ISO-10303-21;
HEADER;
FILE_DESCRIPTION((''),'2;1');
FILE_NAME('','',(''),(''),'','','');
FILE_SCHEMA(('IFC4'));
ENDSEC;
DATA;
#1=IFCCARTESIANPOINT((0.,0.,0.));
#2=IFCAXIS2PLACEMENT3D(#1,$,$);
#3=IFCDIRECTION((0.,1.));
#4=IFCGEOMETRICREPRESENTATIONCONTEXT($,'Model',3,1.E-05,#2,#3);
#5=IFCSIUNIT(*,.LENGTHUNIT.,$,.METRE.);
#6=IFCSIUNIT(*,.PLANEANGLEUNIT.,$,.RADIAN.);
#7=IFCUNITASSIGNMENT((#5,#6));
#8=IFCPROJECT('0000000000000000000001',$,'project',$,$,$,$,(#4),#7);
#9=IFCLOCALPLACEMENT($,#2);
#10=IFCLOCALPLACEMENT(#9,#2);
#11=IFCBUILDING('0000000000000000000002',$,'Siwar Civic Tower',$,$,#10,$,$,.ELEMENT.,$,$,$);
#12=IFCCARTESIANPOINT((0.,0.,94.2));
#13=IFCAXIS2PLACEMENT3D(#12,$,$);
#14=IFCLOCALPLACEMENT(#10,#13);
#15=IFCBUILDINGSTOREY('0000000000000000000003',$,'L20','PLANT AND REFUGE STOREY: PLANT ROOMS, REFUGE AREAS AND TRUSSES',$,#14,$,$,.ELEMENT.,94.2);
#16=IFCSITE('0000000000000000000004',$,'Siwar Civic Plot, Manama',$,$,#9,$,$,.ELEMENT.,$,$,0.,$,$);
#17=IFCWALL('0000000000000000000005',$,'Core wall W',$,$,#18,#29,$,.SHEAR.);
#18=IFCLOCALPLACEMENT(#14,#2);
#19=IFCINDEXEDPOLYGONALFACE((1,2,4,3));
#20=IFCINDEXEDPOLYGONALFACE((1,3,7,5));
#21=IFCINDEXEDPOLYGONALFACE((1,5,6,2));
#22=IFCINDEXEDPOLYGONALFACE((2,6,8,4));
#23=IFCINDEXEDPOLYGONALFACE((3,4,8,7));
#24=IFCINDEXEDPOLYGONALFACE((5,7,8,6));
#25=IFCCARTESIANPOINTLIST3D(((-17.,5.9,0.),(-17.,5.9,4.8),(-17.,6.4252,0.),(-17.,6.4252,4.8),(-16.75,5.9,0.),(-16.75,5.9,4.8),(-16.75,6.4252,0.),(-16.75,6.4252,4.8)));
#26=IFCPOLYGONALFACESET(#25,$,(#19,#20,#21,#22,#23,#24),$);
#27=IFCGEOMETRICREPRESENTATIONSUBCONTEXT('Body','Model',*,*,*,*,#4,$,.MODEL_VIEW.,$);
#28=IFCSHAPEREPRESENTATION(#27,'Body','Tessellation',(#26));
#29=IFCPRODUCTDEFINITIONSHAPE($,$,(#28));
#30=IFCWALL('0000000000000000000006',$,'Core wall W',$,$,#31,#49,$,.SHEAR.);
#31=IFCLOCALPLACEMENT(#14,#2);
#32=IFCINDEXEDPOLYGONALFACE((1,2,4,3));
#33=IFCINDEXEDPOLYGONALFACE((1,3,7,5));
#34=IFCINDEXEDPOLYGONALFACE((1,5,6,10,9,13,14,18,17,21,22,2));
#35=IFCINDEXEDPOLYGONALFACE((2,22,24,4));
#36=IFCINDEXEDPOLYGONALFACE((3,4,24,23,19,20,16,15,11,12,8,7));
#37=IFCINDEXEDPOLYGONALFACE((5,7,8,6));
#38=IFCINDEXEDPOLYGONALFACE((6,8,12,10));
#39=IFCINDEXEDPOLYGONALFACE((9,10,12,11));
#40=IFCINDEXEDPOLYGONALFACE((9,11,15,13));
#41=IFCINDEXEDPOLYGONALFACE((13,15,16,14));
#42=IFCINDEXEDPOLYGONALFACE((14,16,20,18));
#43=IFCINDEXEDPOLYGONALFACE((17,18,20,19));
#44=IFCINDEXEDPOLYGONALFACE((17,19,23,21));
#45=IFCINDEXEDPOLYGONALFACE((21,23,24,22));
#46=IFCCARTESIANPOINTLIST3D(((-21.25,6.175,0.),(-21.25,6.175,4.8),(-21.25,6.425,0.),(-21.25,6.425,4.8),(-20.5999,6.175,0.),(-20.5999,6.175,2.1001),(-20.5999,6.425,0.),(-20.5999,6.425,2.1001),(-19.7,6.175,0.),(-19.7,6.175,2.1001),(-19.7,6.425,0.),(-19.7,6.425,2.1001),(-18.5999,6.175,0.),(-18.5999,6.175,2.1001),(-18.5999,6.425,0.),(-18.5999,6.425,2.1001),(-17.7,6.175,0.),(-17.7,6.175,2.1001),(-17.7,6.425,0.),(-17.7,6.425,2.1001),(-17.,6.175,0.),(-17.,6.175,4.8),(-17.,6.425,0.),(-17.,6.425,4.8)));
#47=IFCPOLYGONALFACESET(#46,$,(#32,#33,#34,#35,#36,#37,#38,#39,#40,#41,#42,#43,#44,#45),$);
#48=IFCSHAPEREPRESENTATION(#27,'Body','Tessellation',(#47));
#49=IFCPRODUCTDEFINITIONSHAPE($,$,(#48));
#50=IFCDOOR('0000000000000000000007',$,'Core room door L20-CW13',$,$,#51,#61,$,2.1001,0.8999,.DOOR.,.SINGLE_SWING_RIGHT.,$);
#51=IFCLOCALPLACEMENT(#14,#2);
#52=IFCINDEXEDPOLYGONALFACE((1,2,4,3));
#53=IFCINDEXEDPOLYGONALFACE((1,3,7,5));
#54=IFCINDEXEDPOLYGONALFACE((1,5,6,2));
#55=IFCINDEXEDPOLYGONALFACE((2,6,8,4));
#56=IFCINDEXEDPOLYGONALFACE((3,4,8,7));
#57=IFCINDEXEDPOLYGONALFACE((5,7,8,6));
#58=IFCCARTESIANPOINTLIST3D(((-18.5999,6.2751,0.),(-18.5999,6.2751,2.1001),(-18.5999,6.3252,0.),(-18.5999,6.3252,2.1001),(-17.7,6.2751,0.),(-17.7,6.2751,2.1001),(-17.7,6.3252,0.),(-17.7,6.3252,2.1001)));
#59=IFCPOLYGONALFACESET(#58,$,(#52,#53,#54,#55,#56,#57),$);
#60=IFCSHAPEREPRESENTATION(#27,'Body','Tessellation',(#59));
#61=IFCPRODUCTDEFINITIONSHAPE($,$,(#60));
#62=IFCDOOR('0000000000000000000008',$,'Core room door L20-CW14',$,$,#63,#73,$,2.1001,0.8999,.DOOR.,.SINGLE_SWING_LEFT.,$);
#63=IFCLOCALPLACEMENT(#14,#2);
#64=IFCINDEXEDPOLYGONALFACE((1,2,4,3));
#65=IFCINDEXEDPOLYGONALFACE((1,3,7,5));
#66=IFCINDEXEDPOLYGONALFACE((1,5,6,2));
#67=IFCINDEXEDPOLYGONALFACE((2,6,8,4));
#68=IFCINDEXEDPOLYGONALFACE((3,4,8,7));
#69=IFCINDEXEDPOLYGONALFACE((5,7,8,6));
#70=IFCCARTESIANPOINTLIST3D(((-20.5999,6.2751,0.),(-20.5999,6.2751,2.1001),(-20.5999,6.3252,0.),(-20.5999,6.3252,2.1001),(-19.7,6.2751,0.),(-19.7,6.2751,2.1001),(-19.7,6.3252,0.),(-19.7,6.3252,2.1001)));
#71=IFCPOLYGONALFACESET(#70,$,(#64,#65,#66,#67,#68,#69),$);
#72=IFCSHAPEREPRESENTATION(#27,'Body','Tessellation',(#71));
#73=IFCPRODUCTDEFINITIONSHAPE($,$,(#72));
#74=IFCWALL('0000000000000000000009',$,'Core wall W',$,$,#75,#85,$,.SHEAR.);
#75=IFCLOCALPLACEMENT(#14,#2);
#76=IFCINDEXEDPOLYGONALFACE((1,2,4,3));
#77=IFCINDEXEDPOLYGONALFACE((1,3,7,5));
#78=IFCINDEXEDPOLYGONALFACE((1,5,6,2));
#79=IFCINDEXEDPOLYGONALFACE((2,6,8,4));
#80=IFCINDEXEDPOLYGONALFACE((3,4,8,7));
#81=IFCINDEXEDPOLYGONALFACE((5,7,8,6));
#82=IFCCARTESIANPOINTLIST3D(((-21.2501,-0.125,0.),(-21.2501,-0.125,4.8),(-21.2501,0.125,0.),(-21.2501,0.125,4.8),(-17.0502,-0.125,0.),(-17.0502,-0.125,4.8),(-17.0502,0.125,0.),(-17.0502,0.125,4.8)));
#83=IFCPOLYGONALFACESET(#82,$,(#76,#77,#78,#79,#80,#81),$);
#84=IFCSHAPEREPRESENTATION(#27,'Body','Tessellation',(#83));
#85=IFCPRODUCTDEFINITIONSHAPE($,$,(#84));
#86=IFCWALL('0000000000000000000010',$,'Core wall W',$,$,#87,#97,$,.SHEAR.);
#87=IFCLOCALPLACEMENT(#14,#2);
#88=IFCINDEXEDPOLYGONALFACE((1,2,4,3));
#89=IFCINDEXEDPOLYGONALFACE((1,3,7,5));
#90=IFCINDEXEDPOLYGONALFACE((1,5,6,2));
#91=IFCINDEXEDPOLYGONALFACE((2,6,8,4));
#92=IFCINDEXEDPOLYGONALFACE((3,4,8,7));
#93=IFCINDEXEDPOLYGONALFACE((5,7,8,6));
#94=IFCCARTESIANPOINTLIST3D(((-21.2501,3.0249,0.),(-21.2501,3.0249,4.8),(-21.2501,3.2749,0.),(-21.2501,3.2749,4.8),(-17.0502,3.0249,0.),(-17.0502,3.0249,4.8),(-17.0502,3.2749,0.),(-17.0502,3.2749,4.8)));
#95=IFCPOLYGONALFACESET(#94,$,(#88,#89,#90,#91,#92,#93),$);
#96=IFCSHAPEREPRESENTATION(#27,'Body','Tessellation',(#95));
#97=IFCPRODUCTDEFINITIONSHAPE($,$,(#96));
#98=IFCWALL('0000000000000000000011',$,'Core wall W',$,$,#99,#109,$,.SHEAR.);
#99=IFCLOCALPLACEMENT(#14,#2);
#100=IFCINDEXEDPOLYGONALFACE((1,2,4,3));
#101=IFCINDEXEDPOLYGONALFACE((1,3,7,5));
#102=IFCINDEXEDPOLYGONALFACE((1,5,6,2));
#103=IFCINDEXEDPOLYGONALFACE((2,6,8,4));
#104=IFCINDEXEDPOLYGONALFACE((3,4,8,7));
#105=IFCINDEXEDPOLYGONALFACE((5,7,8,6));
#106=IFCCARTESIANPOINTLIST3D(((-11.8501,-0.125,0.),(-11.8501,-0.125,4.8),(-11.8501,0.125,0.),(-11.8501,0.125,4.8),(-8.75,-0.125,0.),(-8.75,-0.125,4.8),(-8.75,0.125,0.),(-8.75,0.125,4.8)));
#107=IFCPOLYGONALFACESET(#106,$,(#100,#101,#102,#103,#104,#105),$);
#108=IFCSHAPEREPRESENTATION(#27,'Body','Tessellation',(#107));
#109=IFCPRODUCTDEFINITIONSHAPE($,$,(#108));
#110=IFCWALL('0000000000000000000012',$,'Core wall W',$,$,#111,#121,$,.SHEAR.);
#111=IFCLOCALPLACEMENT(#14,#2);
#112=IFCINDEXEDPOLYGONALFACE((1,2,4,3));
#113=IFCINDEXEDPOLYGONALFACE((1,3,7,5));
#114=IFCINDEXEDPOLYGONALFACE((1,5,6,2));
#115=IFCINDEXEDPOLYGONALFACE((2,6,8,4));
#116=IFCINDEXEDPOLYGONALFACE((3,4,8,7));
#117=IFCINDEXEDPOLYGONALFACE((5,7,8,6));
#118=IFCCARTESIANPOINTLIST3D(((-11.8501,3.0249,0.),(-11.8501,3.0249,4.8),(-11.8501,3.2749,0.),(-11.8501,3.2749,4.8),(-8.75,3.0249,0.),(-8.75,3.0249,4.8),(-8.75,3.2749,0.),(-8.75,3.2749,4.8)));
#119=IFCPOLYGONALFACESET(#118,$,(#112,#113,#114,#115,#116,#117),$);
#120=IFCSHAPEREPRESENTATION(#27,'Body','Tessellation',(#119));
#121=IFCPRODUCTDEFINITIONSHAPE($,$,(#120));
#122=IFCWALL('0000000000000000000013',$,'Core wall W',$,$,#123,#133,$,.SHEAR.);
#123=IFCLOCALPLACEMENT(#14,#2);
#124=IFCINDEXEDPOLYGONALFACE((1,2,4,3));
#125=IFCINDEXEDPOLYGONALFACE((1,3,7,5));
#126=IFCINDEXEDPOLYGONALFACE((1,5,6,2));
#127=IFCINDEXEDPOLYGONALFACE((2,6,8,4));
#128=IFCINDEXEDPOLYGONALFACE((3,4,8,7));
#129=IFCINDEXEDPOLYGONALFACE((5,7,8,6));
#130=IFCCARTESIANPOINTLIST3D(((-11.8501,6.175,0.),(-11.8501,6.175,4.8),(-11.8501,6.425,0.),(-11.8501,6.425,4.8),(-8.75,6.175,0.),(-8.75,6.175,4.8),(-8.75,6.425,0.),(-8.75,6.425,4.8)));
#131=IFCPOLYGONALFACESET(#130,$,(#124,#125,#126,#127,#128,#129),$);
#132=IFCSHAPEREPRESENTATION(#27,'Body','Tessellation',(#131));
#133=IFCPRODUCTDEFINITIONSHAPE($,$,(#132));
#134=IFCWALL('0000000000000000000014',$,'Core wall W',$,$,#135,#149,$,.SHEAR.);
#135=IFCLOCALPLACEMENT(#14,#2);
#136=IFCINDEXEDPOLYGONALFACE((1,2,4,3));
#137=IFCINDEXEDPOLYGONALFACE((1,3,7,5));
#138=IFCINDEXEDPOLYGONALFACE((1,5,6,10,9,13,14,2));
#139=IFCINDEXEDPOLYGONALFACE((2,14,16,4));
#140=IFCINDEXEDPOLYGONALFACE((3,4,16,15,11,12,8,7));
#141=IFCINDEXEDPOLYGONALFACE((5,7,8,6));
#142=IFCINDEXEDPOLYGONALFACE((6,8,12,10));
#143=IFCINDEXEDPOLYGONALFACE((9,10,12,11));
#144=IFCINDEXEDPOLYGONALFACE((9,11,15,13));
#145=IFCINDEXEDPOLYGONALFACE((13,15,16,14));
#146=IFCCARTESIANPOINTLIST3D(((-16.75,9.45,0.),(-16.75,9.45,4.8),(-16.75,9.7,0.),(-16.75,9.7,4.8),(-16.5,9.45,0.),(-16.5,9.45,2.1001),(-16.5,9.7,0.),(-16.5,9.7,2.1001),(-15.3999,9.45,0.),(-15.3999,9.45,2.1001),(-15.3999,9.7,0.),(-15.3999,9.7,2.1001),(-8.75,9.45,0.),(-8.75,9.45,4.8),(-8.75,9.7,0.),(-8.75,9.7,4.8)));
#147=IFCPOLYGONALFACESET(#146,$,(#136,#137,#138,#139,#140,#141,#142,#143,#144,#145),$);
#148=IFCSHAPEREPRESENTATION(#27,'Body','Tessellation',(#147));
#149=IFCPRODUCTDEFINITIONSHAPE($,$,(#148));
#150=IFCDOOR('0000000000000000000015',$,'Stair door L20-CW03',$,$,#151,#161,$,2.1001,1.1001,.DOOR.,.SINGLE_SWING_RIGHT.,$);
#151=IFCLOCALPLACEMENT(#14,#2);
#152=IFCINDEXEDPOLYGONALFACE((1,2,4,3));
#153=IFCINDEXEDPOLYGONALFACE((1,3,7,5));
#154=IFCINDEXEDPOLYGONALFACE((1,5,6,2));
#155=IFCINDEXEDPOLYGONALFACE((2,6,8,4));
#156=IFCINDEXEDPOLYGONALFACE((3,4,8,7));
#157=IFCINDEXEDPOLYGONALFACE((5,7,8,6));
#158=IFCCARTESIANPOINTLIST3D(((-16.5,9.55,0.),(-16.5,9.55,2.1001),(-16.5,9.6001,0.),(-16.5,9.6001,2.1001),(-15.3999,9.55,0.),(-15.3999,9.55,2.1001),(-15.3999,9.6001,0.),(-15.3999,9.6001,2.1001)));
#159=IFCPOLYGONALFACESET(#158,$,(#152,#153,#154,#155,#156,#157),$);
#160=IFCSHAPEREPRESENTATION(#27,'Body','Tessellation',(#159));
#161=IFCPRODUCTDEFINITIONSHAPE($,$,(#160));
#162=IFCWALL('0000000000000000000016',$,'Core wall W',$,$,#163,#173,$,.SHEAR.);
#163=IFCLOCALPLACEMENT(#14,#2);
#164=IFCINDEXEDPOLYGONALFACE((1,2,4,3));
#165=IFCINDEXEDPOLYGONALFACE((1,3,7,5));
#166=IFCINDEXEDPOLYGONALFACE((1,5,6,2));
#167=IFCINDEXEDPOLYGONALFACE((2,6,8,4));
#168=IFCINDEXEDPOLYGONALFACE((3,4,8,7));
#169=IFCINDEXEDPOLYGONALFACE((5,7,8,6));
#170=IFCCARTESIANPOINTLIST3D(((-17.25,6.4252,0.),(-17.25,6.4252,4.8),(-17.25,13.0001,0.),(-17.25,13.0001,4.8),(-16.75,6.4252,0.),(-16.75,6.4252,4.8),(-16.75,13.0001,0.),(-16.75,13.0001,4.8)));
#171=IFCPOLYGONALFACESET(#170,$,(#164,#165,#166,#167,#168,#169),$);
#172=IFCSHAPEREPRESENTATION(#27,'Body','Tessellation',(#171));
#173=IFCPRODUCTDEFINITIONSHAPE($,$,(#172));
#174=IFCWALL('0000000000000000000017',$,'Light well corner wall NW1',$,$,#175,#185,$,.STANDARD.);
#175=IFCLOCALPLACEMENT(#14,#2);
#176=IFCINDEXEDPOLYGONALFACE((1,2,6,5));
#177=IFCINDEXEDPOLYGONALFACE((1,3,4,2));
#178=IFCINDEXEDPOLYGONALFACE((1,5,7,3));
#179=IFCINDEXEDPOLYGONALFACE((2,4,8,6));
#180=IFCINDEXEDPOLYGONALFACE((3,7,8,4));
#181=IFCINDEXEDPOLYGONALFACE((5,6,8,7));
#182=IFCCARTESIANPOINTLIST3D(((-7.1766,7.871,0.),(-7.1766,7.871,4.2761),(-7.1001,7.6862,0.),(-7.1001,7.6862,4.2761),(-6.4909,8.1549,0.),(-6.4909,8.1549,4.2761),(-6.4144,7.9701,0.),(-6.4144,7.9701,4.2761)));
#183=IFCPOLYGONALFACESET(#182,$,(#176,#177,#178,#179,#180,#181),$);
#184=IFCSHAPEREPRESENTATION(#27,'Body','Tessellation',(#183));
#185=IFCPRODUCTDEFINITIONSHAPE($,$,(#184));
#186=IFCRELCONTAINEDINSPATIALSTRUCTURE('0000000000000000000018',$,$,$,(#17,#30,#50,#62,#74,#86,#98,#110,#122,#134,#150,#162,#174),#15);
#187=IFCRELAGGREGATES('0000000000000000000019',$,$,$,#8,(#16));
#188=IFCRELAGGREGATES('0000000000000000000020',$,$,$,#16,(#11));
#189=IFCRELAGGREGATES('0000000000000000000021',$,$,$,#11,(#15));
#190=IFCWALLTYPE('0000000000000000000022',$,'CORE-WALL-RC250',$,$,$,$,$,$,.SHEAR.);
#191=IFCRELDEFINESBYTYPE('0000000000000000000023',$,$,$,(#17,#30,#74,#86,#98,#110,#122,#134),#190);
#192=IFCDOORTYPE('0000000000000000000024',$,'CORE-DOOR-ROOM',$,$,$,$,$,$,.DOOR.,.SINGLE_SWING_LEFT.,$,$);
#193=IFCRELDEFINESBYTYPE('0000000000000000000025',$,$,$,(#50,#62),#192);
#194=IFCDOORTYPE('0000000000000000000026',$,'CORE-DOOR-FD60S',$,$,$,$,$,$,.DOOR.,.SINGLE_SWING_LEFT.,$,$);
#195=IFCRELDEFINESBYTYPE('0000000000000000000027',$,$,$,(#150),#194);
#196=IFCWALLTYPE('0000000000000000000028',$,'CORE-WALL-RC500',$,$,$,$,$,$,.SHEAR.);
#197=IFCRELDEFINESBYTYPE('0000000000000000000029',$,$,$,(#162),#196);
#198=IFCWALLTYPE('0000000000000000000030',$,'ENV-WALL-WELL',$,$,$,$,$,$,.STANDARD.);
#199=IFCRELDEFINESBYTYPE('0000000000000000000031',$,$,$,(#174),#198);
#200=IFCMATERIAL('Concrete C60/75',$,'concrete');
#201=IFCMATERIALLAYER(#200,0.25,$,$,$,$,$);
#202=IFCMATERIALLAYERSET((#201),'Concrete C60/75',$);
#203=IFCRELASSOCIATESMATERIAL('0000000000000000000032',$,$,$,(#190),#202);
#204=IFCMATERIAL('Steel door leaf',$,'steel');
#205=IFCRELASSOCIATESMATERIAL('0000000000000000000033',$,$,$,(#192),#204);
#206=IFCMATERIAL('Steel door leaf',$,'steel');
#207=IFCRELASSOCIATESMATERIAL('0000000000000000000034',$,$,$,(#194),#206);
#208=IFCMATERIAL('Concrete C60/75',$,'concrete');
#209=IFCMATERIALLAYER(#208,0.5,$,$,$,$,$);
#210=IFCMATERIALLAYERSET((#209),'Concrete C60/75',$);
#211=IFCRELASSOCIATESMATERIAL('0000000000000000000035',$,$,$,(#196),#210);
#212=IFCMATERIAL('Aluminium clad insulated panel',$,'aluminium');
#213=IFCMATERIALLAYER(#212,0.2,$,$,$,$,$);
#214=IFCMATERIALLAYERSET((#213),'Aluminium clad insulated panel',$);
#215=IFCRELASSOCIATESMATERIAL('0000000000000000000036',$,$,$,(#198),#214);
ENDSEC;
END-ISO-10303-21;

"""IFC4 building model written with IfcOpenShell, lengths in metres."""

from ifc_helpers import new_model, si_unit, direction, frame, frame_2d, origin, place, context, subcontext, project, spatial, rectangle, extrude, material, layer, layer_set, type_object, element, fill, save


model = new_model("IFC4")

# Units and contexts
model_context = context("Model", 3, precision=1e-05, world=origin(), true_north=direction((0.0, 1.0)))
body_context = subcontext(model_context, "Body", "Model", "MODEL_VIEW")
ifc_project = project(units=[si_unit("LENGTHUNIT", "METRE"), si_unit("PLANEANGLEUNIT", "RADIAN")], contexts=[model_context])

# Site, building, storey
site_placement = place(None, origin())
site = spatial("IfcSite", under=ifc_project, at=site_placement, Name="Siwar Civic Plot, Manama", CompositionType="ELEMENT", RefElevation=0.0)
building_placement = place(site_placement, origin())
building = spatial("IfcBuilding", under=site, at=building_placement, Name="Siwar Civic Tower", CompositionType="ELEMENT")
storey_placement = place(building_placement, frame((0.0, 0.0, 94.2)))
storey = spatial("IfcBuildingStorey", under=building, at=storey_placement, Name="L20", Description="PLANT AND REFUGE STOREY: PLANT ROOMS, REFUGE AREAS AND TRUSSES", CompositionType="ELEMENT", Elevation=94.2)

# Shared definitions
ifc_material_1 = material(Name="Concrete C60/75", Category="concrete")
ifc_layer_1 = layer(ifc_material_1, 0.25)
ifc_layer_set_1 = layer_set([ifc_layer_1], Name="Concrete C60/75")
wall_type_1 = type_object("IfcWallType", Name="CORE-WALL-RC250", PredefinedType="SHEAR", material=ifc_layer_set_1)

# Wall
wall_1_placement = place(storey_placement, frame((-16.875, 5.8999, 0.0), z_axis=(0.0, 0.0, 1.0), x_axis=(0.0, 1.0, 0.0)))
element("IfcWall", 1, at=wall_1_placement, inside=storey, type_object=wall_type_1, Name="Core wall W", PredefinedType="SHEAR", context=body_context, shape_type="SweptSolid", body=[
    extrude(rectangle(XDim=0.5251, YDim=0.25, at=frame_2d((0.2627, 0.0))), origin(), (0.0, 0.0, 1.0), 4.8),
])

# Wall, openings, doors
wall_2_placement = place(storey_placement, frame((-17.0, 6.3, 0.0), z_axis=(0.0, 0.0, 1.0), x_axis=(-1.0, 0.0, 0.0)))
wall_2 = element("IfcWall", 2, at=wall_2_placement, inside=storey, type_object=wall_type_1, Name="Core wall W", PredefinedType="SHEAR", context=body_context, shape_type="SweptSolid", body=[
    extrude(rectangle(XDim=4.25, YDim=0.25, at=frame_2d((2.125, 0.0))), origin(), (0.0, 0.0, 1.0), 4.8),
])
opening_1_placement = place(wall_2_placement, frame((0.7, 0.0, 0.0)))
opening_1 = element("IfcOpeningElement", 3, at=opening_1_placement, cuts=wall_2, PredefinedType="OPENING", context=body_context, shape_type="SweptSolid", body=[
    extrude(rectangle(XDim=0.8999, YDim=2.1001, at=frame_2d((0.45, 1.05))), frame((0.0, 0.135, 0.0), z_axis=(0.0, -1.0, 0.0), x_axis=(1.0, 0.0, 0.0)), (0.0, 0.0, 1.0), 0.27),
])
opening_2_placement = place(wall_2_placement, frame((2.7, 0.0, 0.0)))
opening_2 = element("IfcOpeningElement", 4, at=opening_2_placement, cuts=wall_2, PredefinedType="OPENING", context=body_context, shape_type="SweptSolid", body=[
    extrude(rectangle(XDim=0.8999, YDim=2.1001, at=frame_2d((0.45, 1.05))), frame((0.0, 0.135, 0.0), z_axis=(0.0, -1.0, 0.0), x_axis=(1.0, 0.0, 0.0)), (0.0, 0.0, 1.0), 0.27),
])
ifc_material_2 = material(Name="Steel door leaf", Category="steel")
door_type_1 = type_object("IfcDoorType", Name="CORE-DOOR-ROOM", OperationType="SINGLE_SWING_LEFT", PredefinedType="DOOR", material=ifc_material_2)
door_1_placement = place(opening_1_placement, origin())
door_1 = element("IfcDoor", 5, at=door_1_placement, inside=storey, type_object=door_type_1, Name="Core room door L20-CW13", OperationType="SINGLE_SWING_RIGHT", OverallHeight=2.1001, OverallWidth=0.8999, PredefinedType="DOOR", context=body_context, shape_type="SweptSolid", body=[
    extrude(rectangle(XDim=0.8999, YDim=2.1001, at=frame_2d((0.45, 1.05))), frame((0.0, 0.0249, 0.0), z_axis=(0.0, -1.0, 0.0), x_axis=(1.0, 0.0, 0.0)), (0.0, 0.0, 1.0), 0.05),
])
fill(opening_1, door_1)
door_2_placement = place(opening_2_placement, origin())
door_2 = element("IfcDoor", 6, at=door_2_placement, inside=storey, type_object=door_type_1, Name="Core room door L20-CW14", OperationType="SINGLE_SWING_LEFT", OverallHeight=2.1001, OverallWidth=0.8999, PredefinedType="DOOR", context=body_context, shape_type="SweptSolid", body=[
    extrude(rectangle(XDim=0.8999, YDim=2.1001, at=frame_2d((0.45, 1.05))), frame((0.0, 0.0249, 0.0), z_axis=(0.0, -1.0, 0.0), x_axis=(1.0, 0.0, 0.0)), (0.0, 0.0, 1.0), 0.05),
])
fill(opening_2, door_2)

# Walls
for number, where, z_axis, x_axis, name in (
    (7, (-17.05, 0.0, 0.0), (0.0, 0.0, 1.0), (-1.0, 0.0, 0.0), "Core wall W"),
    (8, (-17.05, 3.1499, 0.0), (0.0, 0.0, 1.0), (-1.0, 0.0, 0.0), "Core wall W"),
):
    element("IfcWall", number, at=place(storey_placement, frame(where, z_axis=z_axis, x_axis=x_axis)), inside=storey, type_object=wall_type_1, Name=name, PredefinedType="SHEAR", context=body_context, shape_type="SweptSolid", body=[
        extrude(rectangle(XDim=4.2, YDim=0.25, at=frame_2d((2.1001, 0.0))), origin(), (0.0, 0.0, 1.0), 4.8),
    ])
for number, where, z_axis, x_axis, name in (
    (9, (-8.75, 0.0, 0.0), (0.0, 0.0, 1.0), (-1.0, 0.0, 0.0), "Core wall W"),
    (10, (-8.75, 3.1499, 0.0), (0.0, 0.0, 1.0), (-1.0, 0.0, 0.0), "Core wall W"),
    (11, (-8.75, 6.3, 0.0), (0.0, 0.0, 1.0), (-1.0, 0.0, 0.0), "Core wall W"),
):
    element("IfcWall", number, at=place(storey_placement, frame(where, z_axis=z_axis, x_axis=x_axis)), inside=storey, type_object=wall_type_1, Name=name, PredefinedType="SHEAR", context=body_context, shape_type="SweptSolid", body=[
        extrude(rectangle(XDim=3.1001, YDim=0.25, at=frame_2d((1.55, 0.0))), origin(), (0.0, 0.0, 1.0), 4.8),
    ])

# Wall, opening, door
wall_3_placement = place(storey_placement, frame((-8.75, 9.575, 0.0), z_axis=(0.0, 0.0, 1.0), x_axis=(-1.0, 0.0, 0.0)))
wall_3 = element("IfcWall", 12, at=wall_3_placement, inside=storey, type_object=wall_type_1, Name="Core wall W", PredefinedType="SHEAR", context=body_context, shape_type="SweptSolid", body=[
    extrude(rectangle(XDim=8.0, YDim=0.25, at=frame_2d((4.0, 0.0))), origin(), (0.0, 0.0, 1.0), 4.8),
])
opening_3_placement = place(wall_3_placement, frame((6.6499, 0.0, 0.0)))
opening_3 = element("IfcOpeningElement", 13, at=opening_3_placement, cuts=wall_3, PredefinedType="OPENING", context=body_context, shape_type="SweptSolid", body=[
    extrude(rectangle(XDim=1.1001, YDim=2.1001, at=frame_2d((0.55, 1.05))), frame((0.0, 0.135, 0.0), z_axis=(0.0, -1.0, 0.0), x_axis=(1.0, 0.0, 0.0)), (0.0, 0.0, 1.0), 0.27),
])
ifc_material_3 = material(Name="Steel door leaf", Category="steel")
door_type_2 = type_object("IfcDoorType", Name="CORE-DOOR-FD60S", OperationType="SINGLE_SWING_LEFT", PredefinedType="DOOR", material=ifc_material_3)
door_3_placement = place(opening_3_placement, origin())
door_3 = element("IfcDoor", 14, at=door_3_placement, inside=storey, type_object=door_type_2, Name="Stair door L20-CW03", OperationType="SINGLE_SWING_RIGHT", OverallHeight=2.1001, OverallWidth=1.1001, PredefinedType="DOOR", context=body_context, shape_type="SweptSolid", body=[
    extrude(rectangle(XDim=1.1001, YDim=2.1001, at=frame_2d((0.55, 1.05))), frame((0.0, 0.0249, 0.0), z_axis=(0.0, -1.0, 0.0), x_axis=(1.0, 0.0, 0.0)), (0.0, 0.0, 1.0), 0.05),
])
fill(opening_3, door_3)

# Walls
ifc_material_4 = material(Name="Concrete C60/75", Category="concrete")
ifc_layer_2 = layer(ifc_material_4, 0.5)
ifc_layer_set_2 = layer_set([ifc_layer_2], Name="Concrete C60/75")
wall_type_2 = type_object("IfcWallType", Name="CORE-WALL-RC500", PredefinedType="SHEAR", material=ifc_layer_set_2)
wall_4_placement = place(storey_placement, frame((-17.0, 6.425, 0.0), z_axis=(0.0, 0.0, 1.0), x_axis=(0.0, 1.0, 0.0)))
element("IfcWall", 15, at=wall_4_placement, inside=storey, type_object=wall_type_2, Name="Core wall W", PredefinedType="SHEAR", context=body_context, shape_type="SweptSolid", body=[
    extrude(rectangle(XDim=6.575, YDim=0.5, at=frame_2d((3.2876, 0.0))), origin(), (0.0, 0.0, 1.0), 4.8),
])
ifc_material_5 = material(Name="Aluminium clad insulated panel", Category="aluminium")
ifc_layer_3 = layer(ifc_material_5, 0.2)
ifc_layer_set_3 = layer_set([ifc_layer_3], Name="Aluminium clad insulated panel")
wall_type_3 = type_object("IfcWallType", Name="ENV-WALL-WELL", PredefinedType="STANDARD", material=ifc_layer_set_3)
wall_5_placement = place(storey_placement, frame((-6.4526, 8.0625, 0.0), z_axis=(0.0, 0.0, 1.0), x_axis=(-0.923941, -0.382536, 0.0)))
element("IfcWall", 16, at=wall_5_placement, inside=storey, type_object=wall_type_3, Name="Light well corner wall NW1", PredefinedType="STANDARD", context=body_context, shape_type="SweptSolid", body=[
    extrude(rectangle(XDim=0.7422, YDim=0.2, at=frame_2d((0.3711, 0.0))), origin(), (0.0, 0.0, 1.0), 4.2761),
])

save(model, "model.ifc")
